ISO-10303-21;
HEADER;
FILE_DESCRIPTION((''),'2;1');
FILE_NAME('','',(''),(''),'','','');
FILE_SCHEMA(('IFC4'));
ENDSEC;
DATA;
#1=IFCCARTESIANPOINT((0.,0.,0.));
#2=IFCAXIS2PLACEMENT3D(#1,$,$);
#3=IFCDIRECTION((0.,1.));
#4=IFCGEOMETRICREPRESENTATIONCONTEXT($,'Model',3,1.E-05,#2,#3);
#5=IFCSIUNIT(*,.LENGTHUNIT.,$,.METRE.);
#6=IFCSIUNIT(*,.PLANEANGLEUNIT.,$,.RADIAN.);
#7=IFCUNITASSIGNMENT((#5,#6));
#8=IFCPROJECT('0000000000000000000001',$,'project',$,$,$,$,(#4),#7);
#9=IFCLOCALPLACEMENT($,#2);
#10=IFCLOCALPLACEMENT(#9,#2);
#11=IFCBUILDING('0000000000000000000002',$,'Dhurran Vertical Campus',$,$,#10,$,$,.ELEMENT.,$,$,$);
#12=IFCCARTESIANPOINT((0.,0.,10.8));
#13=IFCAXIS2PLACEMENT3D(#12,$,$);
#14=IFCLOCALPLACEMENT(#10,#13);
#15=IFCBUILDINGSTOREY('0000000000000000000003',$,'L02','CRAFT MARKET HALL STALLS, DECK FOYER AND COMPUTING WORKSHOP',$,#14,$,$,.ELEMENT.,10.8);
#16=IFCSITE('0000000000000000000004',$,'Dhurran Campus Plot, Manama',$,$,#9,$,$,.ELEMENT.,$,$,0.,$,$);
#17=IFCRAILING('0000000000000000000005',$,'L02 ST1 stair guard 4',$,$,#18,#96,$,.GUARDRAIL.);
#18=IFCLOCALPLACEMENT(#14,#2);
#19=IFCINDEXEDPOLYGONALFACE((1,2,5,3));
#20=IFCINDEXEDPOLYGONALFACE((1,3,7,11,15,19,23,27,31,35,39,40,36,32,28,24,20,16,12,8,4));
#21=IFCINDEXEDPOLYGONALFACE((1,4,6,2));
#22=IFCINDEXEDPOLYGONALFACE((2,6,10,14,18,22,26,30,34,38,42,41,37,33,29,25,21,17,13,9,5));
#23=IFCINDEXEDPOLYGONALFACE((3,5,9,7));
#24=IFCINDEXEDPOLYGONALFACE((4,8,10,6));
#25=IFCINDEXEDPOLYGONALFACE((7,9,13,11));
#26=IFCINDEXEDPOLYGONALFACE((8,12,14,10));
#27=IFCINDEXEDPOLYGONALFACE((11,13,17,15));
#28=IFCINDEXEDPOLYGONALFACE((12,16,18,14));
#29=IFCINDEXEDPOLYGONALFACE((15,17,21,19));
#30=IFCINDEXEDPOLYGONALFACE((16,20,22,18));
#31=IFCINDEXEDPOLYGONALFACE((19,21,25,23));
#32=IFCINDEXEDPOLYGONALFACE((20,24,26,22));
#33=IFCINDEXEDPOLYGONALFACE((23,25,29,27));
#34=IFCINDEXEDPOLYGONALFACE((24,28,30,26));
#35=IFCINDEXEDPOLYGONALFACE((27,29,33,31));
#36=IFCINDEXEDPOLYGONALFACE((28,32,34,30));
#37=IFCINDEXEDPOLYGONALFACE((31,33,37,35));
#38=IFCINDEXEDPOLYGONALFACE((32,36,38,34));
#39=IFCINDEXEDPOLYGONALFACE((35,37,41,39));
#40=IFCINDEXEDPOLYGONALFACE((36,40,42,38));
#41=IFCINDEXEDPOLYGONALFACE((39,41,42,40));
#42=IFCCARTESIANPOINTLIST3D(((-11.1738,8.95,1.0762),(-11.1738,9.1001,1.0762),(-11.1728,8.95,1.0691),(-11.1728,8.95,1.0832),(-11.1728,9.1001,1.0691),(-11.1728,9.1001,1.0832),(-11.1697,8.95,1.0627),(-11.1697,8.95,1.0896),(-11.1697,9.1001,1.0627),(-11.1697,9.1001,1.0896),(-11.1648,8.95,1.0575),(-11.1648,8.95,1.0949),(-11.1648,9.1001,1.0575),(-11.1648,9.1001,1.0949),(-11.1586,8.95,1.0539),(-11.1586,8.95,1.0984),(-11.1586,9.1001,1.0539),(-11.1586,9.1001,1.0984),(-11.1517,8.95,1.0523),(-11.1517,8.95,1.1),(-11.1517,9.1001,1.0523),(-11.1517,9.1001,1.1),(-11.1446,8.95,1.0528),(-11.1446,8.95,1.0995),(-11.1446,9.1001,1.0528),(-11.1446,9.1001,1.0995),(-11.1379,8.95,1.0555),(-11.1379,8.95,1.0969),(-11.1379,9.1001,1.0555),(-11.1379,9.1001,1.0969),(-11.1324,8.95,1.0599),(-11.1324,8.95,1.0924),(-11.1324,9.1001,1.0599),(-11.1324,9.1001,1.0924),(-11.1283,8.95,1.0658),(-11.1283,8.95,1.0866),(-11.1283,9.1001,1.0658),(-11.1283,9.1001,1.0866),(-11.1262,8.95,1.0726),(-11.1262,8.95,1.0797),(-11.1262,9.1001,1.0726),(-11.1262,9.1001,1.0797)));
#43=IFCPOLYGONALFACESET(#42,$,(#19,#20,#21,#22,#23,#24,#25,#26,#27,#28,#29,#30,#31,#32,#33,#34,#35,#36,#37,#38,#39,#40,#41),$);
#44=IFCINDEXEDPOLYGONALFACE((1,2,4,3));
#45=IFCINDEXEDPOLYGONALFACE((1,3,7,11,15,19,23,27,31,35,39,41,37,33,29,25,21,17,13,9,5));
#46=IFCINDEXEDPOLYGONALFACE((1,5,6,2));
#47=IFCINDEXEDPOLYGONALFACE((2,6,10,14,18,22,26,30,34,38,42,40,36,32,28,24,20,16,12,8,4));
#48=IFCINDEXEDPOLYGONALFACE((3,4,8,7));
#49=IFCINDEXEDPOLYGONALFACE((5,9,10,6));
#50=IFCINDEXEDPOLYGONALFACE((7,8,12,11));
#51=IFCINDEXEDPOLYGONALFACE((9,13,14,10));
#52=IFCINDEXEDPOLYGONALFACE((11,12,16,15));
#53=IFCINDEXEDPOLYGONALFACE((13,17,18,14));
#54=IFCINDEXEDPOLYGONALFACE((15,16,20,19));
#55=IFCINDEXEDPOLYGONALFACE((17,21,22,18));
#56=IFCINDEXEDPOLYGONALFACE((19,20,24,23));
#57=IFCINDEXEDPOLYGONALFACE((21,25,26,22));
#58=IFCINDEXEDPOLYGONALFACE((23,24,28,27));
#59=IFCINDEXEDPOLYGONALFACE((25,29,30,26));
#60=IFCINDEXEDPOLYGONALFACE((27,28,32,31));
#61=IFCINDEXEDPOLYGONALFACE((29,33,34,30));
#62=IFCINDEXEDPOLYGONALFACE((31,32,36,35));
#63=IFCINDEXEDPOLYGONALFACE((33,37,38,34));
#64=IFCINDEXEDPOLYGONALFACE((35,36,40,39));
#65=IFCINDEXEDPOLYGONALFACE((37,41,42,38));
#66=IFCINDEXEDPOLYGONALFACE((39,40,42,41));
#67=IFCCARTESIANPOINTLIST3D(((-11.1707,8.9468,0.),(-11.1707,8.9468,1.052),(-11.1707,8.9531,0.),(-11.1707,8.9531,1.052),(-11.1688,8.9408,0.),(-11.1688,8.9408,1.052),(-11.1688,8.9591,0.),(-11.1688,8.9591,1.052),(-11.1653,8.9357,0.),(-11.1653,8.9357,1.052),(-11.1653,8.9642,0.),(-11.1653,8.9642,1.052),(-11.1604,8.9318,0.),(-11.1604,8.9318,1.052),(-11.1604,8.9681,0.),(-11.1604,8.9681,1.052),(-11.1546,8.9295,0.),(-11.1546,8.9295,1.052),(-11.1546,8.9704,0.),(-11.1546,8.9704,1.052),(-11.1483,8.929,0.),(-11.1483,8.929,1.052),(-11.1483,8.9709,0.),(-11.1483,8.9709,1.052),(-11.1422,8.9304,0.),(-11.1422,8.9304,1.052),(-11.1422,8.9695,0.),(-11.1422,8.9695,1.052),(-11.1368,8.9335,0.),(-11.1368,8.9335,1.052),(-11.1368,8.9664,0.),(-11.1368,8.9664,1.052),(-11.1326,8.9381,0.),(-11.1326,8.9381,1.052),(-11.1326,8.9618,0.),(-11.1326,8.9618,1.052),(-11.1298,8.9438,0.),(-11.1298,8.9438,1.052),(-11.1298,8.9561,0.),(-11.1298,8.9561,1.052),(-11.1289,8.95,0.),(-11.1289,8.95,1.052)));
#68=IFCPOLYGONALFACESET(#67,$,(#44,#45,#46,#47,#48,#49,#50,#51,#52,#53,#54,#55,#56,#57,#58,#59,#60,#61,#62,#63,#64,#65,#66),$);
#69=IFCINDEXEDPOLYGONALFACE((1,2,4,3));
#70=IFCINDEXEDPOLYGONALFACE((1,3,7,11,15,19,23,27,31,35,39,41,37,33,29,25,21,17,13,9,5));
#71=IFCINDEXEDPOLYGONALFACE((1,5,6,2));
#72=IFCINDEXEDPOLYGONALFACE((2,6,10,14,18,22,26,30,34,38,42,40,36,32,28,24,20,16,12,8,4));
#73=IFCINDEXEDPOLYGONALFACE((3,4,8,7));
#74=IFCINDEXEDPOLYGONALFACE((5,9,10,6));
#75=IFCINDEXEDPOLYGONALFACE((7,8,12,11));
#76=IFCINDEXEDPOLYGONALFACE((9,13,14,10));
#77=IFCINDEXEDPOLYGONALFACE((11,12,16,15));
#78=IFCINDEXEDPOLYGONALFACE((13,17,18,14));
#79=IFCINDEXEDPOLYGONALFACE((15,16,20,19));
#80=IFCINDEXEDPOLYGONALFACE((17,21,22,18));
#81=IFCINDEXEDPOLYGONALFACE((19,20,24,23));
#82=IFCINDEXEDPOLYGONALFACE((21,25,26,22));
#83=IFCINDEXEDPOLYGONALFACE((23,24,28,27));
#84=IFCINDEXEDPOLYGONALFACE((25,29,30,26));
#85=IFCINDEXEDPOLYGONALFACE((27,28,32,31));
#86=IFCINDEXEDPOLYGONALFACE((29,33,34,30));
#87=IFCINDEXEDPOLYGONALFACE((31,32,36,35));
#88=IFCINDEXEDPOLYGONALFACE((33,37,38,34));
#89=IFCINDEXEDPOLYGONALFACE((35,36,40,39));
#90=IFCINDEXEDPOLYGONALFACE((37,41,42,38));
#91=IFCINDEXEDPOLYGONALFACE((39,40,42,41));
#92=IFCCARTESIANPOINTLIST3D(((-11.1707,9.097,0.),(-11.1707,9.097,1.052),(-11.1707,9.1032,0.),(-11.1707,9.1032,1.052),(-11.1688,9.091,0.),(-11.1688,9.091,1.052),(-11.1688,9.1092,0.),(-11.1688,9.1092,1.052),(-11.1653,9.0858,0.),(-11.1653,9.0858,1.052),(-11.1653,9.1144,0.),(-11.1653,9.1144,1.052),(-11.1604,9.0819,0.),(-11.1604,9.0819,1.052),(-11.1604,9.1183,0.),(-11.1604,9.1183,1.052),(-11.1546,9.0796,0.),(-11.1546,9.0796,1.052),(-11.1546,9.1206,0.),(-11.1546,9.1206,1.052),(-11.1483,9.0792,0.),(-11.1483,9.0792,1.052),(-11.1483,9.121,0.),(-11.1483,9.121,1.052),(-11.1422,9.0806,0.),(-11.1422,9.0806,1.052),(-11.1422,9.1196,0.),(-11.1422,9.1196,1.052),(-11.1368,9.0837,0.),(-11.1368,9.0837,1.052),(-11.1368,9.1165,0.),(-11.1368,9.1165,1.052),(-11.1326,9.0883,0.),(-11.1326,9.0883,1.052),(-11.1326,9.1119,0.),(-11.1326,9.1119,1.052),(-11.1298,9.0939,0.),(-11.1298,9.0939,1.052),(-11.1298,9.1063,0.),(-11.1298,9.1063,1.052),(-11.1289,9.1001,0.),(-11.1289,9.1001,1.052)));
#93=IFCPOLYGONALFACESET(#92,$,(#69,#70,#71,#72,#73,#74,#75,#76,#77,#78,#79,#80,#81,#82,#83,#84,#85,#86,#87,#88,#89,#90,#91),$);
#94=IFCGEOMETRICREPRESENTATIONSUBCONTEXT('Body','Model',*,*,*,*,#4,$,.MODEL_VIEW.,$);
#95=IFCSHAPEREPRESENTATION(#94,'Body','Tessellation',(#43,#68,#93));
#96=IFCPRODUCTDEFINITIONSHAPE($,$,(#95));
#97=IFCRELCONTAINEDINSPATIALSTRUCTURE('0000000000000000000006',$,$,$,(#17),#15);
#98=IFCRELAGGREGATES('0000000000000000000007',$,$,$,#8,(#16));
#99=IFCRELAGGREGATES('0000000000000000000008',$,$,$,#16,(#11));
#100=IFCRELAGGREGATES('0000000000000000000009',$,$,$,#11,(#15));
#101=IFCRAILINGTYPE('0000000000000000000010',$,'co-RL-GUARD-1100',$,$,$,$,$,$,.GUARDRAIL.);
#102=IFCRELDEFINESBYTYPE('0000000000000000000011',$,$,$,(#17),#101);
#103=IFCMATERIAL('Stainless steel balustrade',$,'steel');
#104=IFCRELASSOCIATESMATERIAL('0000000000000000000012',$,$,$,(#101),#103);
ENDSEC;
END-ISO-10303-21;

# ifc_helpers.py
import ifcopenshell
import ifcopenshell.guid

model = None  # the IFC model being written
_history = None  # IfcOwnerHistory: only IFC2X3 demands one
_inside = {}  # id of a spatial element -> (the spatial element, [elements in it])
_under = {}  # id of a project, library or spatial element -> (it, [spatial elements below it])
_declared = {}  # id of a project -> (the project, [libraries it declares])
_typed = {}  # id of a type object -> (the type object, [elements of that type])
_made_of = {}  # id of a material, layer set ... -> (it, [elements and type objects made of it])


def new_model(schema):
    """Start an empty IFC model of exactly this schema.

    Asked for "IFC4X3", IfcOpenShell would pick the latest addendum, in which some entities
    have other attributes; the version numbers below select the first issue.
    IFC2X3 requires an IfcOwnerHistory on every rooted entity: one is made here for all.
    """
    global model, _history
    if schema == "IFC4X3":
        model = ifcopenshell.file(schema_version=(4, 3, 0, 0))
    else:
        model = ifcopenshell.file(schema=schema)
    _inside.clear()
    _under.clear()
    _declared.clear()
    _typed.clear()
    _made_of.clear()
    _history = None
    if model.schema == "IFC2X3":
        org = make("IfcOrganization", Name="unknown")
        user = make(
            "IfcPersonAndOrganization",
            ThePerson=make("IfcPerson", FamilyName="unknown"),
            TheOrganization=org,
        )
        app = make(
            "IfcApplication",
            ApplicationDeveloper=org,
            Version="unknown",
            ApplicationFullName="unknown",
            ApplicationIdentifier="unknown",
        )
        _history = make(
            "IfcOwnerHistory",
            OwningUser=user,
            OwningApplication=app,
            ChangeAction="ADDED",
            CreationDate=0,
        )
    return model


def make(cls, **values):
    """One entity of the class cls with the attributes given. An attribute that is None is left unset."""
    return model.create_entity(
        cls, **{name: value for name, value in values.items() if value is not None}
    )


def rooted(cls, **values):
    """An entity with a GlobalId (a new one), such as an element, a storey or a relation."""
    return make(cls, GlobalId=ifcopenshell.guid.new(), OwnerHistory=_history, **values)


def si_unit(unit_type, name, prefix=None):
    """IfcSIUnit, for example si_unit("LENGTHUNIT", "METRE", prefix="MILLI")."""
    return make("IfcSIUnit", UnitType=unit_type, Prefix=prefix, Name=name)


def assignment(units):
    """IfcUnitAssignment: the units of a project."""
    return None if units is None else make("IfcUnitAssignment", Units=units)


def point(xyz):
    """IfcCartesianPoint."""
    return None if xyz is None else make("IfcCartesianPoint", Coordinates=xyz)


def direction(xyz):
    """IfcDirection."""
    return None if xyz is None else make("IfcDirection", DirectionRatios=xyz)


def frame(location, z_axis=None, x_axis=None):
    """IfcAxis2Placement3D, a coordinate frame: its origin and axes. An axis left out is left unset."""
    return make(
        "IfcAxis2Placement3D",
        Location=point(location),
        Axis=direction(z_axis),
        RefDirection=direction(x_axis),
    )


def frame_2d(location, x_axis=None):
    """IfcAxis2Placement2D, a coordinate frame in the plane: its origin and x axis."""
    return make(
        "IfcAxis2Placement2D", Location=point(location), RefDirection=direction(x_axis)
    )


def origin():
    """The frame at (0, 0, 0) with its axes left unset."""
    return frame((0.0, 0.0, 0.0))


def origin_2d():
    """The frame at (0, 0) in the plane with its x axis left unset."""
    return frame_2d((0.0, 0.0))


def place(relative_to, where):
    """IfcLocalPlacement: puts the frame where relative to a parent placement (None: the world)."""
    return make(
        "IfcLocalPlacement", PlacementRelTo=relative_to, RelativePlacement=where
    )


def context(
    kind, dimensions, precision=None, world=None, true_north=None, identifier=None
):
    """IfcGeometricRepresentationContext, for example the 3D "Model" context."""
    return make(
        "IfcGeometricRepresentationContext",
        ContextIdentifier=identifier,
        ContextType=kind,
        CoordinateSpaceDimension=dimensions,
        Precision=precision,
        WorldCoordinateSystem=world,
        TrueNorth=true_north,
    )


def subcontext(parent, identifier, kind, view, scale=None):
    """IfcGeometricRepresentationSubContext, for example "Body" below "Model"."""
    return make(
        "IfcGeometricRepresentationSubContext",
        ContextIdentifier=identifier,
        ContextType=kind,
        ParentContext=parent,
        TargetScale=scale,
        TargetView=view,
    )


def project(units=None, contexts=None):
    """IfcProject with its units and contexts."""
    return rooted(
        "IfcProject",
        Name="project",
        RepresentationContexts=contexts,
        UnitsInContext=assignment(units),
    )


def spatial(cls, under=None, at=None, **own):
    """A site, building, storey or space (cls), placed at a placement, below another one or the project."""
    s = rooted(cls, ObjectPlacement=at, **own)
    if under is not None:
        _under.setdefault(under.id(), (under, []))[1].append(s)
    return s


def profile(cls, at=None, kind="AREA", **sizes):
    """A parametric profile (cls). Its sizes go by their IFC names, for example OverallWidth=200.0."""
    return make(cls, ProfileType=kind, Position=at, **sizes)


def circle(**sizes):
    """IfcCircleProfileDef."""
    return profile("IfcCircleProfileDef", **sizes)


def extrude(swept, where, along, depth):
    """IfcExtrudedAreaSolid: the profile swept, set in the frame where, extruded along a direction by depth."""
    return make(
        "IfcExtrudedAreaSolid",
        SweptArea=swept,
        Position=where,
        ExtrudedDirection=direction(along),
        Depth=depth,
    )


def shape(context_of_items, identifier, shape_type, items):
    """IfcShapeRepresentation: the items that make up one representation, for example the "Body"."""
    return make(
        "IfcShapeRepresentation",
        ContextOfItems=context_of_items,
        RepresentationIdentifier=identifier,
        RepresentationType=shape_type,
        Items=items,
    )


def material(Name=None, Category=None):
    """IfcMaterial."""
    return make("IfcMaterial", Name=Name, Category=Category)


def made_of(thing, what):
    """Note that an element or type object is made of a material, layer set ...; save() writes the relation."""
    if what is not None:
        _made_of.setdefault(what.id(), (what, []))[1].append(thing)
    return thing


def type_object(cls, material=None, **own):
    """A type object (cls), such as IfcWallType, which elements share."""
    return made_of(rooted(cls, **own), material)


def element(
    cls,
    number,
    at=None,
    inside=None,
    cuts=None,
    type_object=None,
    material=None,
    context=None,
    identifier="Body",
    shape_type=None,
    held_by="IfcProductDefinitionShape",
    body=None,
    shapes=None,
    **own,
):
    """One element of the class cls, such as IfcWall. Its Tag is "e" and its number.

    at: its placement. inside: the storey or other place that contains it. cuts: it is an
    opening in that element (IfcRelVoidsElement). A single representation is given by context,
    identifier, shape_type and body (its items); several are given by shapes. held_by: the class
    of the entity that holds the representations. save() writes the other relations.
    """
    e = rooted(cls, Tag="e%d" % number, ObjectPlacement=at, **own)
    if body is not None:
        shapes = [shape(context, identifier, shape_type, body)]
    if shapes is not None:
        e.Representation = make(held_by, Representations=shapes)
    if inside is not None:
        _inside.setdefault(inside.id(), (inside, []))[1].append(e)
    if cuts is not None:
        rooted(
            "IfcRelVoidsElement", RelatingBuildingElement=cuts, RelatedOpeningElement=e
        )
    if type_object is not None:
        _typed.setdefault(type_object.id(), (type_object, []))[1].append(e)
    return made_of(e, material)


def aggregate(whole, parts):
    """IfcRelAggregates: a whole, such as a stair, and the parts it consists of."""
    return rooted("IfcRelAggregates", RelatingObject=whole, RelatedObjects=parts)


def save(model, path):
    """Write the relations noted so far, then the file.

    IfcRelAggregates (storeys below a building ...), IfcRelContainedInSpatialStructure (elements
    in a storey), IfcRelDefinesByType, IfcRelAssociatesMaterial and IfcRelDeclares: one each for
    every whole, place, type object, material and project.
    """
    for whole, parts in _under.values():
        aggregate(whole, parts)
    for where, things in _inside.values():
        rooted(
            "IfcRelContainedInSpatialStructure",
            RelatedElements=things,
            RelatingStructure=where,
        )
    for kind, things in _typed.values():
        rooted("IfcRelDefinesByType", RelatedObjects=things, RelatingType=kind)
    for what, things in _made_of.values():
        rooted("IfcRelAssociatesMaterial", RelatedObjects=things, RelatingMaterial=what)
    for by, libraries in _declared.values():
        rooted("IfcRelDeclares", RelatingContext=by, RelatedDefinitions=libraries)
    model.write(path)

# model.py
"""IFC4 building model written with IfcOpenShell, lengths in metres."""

from ifc_helpers import new_model, si_unit, direction, frame, origin, origin_2d, place, context, subcontext, project, spatial, circle, extrude, material, type_object, element, save


model = new_model("IFC4")

# Units and contexts
model_context = context("Model", 3, precision=1e-05, world=origin(), true_north=direction((0.0, 1.0)))
body_context = subcontext(model_context, "Body", "Model", "MODEL_VIEW")
ifc_project = project(units=[si_unit("LENGTHUNIT", "METRE"), si_unit("PLANEANGLEUNIT", "RADIAN")], contexts=[model_context])

# Site, building, storey
site_placement = place(None, origin())
site = spatial("IfcSite", under=ifc_project, at=site_placement, Name="Dhurran Campus Plot, Manama", CompositionType="ELEMENT", RefElevation=0.0)
building_placement = place(site_placement, origin())
building = spatial("IfcBuilding", under=site, at=building_placement, Name="Dhurran Vertical Campus", CompositionType="ELEMENT")
storey_placement = place(building_placement, frame((0.0, 0.0, 10.8)))
storey = spatial("IfcBuildingStorey", under=building, at=storey_placement, Name="L02", Description="CRAFT MARKET HALL STALLS, DECK FOYER AND COMPUTING WORKSHOP", CompositionType="ELEMENT", Elevation=10.8)

# Railing
ifc_material_1 = material(Name="Stainless steel balustrade", Category="steel")
railing_type_1 = type_object("IfcRailingType", Name="co-RL-GUARD-1100", PredefinedType="GUARDRAIL", material=ifc_material_1)
railing_1_placement = place(storey_placement, frame((-11.1499, 8.95, 0.0)))
element("IfcRailing", 1, at=railing_1_placement, inside=storey, type_object=railing_type_1, Name="L02 ST1 stair guard 4", PredefinedType="GUARDRAIL", context=body_context, shape_type="SweptSolid", body=[
    extrude(circle(Radius=0.0239, at=origin_2d()), frame((0.0, 0.0, 1.0762), z_axis=(0.0, 1.0, 0.0), x_axis=(-1.0, 0.0, 0.0)), (0.0, 0.0, 1.0), 0.1501),
    extrude(circle(Radius=0.021, at=origin_2d()), origin(), (0.0, 0.0, 1.0), 1.052),
    extrude(circle(Radius=0.021, at=origin_2d()), frame((0.0, 0.1501, 0.0)), (0.0, 0.0, 1.0), 1.052),
])

save(model, "model.ifc")
